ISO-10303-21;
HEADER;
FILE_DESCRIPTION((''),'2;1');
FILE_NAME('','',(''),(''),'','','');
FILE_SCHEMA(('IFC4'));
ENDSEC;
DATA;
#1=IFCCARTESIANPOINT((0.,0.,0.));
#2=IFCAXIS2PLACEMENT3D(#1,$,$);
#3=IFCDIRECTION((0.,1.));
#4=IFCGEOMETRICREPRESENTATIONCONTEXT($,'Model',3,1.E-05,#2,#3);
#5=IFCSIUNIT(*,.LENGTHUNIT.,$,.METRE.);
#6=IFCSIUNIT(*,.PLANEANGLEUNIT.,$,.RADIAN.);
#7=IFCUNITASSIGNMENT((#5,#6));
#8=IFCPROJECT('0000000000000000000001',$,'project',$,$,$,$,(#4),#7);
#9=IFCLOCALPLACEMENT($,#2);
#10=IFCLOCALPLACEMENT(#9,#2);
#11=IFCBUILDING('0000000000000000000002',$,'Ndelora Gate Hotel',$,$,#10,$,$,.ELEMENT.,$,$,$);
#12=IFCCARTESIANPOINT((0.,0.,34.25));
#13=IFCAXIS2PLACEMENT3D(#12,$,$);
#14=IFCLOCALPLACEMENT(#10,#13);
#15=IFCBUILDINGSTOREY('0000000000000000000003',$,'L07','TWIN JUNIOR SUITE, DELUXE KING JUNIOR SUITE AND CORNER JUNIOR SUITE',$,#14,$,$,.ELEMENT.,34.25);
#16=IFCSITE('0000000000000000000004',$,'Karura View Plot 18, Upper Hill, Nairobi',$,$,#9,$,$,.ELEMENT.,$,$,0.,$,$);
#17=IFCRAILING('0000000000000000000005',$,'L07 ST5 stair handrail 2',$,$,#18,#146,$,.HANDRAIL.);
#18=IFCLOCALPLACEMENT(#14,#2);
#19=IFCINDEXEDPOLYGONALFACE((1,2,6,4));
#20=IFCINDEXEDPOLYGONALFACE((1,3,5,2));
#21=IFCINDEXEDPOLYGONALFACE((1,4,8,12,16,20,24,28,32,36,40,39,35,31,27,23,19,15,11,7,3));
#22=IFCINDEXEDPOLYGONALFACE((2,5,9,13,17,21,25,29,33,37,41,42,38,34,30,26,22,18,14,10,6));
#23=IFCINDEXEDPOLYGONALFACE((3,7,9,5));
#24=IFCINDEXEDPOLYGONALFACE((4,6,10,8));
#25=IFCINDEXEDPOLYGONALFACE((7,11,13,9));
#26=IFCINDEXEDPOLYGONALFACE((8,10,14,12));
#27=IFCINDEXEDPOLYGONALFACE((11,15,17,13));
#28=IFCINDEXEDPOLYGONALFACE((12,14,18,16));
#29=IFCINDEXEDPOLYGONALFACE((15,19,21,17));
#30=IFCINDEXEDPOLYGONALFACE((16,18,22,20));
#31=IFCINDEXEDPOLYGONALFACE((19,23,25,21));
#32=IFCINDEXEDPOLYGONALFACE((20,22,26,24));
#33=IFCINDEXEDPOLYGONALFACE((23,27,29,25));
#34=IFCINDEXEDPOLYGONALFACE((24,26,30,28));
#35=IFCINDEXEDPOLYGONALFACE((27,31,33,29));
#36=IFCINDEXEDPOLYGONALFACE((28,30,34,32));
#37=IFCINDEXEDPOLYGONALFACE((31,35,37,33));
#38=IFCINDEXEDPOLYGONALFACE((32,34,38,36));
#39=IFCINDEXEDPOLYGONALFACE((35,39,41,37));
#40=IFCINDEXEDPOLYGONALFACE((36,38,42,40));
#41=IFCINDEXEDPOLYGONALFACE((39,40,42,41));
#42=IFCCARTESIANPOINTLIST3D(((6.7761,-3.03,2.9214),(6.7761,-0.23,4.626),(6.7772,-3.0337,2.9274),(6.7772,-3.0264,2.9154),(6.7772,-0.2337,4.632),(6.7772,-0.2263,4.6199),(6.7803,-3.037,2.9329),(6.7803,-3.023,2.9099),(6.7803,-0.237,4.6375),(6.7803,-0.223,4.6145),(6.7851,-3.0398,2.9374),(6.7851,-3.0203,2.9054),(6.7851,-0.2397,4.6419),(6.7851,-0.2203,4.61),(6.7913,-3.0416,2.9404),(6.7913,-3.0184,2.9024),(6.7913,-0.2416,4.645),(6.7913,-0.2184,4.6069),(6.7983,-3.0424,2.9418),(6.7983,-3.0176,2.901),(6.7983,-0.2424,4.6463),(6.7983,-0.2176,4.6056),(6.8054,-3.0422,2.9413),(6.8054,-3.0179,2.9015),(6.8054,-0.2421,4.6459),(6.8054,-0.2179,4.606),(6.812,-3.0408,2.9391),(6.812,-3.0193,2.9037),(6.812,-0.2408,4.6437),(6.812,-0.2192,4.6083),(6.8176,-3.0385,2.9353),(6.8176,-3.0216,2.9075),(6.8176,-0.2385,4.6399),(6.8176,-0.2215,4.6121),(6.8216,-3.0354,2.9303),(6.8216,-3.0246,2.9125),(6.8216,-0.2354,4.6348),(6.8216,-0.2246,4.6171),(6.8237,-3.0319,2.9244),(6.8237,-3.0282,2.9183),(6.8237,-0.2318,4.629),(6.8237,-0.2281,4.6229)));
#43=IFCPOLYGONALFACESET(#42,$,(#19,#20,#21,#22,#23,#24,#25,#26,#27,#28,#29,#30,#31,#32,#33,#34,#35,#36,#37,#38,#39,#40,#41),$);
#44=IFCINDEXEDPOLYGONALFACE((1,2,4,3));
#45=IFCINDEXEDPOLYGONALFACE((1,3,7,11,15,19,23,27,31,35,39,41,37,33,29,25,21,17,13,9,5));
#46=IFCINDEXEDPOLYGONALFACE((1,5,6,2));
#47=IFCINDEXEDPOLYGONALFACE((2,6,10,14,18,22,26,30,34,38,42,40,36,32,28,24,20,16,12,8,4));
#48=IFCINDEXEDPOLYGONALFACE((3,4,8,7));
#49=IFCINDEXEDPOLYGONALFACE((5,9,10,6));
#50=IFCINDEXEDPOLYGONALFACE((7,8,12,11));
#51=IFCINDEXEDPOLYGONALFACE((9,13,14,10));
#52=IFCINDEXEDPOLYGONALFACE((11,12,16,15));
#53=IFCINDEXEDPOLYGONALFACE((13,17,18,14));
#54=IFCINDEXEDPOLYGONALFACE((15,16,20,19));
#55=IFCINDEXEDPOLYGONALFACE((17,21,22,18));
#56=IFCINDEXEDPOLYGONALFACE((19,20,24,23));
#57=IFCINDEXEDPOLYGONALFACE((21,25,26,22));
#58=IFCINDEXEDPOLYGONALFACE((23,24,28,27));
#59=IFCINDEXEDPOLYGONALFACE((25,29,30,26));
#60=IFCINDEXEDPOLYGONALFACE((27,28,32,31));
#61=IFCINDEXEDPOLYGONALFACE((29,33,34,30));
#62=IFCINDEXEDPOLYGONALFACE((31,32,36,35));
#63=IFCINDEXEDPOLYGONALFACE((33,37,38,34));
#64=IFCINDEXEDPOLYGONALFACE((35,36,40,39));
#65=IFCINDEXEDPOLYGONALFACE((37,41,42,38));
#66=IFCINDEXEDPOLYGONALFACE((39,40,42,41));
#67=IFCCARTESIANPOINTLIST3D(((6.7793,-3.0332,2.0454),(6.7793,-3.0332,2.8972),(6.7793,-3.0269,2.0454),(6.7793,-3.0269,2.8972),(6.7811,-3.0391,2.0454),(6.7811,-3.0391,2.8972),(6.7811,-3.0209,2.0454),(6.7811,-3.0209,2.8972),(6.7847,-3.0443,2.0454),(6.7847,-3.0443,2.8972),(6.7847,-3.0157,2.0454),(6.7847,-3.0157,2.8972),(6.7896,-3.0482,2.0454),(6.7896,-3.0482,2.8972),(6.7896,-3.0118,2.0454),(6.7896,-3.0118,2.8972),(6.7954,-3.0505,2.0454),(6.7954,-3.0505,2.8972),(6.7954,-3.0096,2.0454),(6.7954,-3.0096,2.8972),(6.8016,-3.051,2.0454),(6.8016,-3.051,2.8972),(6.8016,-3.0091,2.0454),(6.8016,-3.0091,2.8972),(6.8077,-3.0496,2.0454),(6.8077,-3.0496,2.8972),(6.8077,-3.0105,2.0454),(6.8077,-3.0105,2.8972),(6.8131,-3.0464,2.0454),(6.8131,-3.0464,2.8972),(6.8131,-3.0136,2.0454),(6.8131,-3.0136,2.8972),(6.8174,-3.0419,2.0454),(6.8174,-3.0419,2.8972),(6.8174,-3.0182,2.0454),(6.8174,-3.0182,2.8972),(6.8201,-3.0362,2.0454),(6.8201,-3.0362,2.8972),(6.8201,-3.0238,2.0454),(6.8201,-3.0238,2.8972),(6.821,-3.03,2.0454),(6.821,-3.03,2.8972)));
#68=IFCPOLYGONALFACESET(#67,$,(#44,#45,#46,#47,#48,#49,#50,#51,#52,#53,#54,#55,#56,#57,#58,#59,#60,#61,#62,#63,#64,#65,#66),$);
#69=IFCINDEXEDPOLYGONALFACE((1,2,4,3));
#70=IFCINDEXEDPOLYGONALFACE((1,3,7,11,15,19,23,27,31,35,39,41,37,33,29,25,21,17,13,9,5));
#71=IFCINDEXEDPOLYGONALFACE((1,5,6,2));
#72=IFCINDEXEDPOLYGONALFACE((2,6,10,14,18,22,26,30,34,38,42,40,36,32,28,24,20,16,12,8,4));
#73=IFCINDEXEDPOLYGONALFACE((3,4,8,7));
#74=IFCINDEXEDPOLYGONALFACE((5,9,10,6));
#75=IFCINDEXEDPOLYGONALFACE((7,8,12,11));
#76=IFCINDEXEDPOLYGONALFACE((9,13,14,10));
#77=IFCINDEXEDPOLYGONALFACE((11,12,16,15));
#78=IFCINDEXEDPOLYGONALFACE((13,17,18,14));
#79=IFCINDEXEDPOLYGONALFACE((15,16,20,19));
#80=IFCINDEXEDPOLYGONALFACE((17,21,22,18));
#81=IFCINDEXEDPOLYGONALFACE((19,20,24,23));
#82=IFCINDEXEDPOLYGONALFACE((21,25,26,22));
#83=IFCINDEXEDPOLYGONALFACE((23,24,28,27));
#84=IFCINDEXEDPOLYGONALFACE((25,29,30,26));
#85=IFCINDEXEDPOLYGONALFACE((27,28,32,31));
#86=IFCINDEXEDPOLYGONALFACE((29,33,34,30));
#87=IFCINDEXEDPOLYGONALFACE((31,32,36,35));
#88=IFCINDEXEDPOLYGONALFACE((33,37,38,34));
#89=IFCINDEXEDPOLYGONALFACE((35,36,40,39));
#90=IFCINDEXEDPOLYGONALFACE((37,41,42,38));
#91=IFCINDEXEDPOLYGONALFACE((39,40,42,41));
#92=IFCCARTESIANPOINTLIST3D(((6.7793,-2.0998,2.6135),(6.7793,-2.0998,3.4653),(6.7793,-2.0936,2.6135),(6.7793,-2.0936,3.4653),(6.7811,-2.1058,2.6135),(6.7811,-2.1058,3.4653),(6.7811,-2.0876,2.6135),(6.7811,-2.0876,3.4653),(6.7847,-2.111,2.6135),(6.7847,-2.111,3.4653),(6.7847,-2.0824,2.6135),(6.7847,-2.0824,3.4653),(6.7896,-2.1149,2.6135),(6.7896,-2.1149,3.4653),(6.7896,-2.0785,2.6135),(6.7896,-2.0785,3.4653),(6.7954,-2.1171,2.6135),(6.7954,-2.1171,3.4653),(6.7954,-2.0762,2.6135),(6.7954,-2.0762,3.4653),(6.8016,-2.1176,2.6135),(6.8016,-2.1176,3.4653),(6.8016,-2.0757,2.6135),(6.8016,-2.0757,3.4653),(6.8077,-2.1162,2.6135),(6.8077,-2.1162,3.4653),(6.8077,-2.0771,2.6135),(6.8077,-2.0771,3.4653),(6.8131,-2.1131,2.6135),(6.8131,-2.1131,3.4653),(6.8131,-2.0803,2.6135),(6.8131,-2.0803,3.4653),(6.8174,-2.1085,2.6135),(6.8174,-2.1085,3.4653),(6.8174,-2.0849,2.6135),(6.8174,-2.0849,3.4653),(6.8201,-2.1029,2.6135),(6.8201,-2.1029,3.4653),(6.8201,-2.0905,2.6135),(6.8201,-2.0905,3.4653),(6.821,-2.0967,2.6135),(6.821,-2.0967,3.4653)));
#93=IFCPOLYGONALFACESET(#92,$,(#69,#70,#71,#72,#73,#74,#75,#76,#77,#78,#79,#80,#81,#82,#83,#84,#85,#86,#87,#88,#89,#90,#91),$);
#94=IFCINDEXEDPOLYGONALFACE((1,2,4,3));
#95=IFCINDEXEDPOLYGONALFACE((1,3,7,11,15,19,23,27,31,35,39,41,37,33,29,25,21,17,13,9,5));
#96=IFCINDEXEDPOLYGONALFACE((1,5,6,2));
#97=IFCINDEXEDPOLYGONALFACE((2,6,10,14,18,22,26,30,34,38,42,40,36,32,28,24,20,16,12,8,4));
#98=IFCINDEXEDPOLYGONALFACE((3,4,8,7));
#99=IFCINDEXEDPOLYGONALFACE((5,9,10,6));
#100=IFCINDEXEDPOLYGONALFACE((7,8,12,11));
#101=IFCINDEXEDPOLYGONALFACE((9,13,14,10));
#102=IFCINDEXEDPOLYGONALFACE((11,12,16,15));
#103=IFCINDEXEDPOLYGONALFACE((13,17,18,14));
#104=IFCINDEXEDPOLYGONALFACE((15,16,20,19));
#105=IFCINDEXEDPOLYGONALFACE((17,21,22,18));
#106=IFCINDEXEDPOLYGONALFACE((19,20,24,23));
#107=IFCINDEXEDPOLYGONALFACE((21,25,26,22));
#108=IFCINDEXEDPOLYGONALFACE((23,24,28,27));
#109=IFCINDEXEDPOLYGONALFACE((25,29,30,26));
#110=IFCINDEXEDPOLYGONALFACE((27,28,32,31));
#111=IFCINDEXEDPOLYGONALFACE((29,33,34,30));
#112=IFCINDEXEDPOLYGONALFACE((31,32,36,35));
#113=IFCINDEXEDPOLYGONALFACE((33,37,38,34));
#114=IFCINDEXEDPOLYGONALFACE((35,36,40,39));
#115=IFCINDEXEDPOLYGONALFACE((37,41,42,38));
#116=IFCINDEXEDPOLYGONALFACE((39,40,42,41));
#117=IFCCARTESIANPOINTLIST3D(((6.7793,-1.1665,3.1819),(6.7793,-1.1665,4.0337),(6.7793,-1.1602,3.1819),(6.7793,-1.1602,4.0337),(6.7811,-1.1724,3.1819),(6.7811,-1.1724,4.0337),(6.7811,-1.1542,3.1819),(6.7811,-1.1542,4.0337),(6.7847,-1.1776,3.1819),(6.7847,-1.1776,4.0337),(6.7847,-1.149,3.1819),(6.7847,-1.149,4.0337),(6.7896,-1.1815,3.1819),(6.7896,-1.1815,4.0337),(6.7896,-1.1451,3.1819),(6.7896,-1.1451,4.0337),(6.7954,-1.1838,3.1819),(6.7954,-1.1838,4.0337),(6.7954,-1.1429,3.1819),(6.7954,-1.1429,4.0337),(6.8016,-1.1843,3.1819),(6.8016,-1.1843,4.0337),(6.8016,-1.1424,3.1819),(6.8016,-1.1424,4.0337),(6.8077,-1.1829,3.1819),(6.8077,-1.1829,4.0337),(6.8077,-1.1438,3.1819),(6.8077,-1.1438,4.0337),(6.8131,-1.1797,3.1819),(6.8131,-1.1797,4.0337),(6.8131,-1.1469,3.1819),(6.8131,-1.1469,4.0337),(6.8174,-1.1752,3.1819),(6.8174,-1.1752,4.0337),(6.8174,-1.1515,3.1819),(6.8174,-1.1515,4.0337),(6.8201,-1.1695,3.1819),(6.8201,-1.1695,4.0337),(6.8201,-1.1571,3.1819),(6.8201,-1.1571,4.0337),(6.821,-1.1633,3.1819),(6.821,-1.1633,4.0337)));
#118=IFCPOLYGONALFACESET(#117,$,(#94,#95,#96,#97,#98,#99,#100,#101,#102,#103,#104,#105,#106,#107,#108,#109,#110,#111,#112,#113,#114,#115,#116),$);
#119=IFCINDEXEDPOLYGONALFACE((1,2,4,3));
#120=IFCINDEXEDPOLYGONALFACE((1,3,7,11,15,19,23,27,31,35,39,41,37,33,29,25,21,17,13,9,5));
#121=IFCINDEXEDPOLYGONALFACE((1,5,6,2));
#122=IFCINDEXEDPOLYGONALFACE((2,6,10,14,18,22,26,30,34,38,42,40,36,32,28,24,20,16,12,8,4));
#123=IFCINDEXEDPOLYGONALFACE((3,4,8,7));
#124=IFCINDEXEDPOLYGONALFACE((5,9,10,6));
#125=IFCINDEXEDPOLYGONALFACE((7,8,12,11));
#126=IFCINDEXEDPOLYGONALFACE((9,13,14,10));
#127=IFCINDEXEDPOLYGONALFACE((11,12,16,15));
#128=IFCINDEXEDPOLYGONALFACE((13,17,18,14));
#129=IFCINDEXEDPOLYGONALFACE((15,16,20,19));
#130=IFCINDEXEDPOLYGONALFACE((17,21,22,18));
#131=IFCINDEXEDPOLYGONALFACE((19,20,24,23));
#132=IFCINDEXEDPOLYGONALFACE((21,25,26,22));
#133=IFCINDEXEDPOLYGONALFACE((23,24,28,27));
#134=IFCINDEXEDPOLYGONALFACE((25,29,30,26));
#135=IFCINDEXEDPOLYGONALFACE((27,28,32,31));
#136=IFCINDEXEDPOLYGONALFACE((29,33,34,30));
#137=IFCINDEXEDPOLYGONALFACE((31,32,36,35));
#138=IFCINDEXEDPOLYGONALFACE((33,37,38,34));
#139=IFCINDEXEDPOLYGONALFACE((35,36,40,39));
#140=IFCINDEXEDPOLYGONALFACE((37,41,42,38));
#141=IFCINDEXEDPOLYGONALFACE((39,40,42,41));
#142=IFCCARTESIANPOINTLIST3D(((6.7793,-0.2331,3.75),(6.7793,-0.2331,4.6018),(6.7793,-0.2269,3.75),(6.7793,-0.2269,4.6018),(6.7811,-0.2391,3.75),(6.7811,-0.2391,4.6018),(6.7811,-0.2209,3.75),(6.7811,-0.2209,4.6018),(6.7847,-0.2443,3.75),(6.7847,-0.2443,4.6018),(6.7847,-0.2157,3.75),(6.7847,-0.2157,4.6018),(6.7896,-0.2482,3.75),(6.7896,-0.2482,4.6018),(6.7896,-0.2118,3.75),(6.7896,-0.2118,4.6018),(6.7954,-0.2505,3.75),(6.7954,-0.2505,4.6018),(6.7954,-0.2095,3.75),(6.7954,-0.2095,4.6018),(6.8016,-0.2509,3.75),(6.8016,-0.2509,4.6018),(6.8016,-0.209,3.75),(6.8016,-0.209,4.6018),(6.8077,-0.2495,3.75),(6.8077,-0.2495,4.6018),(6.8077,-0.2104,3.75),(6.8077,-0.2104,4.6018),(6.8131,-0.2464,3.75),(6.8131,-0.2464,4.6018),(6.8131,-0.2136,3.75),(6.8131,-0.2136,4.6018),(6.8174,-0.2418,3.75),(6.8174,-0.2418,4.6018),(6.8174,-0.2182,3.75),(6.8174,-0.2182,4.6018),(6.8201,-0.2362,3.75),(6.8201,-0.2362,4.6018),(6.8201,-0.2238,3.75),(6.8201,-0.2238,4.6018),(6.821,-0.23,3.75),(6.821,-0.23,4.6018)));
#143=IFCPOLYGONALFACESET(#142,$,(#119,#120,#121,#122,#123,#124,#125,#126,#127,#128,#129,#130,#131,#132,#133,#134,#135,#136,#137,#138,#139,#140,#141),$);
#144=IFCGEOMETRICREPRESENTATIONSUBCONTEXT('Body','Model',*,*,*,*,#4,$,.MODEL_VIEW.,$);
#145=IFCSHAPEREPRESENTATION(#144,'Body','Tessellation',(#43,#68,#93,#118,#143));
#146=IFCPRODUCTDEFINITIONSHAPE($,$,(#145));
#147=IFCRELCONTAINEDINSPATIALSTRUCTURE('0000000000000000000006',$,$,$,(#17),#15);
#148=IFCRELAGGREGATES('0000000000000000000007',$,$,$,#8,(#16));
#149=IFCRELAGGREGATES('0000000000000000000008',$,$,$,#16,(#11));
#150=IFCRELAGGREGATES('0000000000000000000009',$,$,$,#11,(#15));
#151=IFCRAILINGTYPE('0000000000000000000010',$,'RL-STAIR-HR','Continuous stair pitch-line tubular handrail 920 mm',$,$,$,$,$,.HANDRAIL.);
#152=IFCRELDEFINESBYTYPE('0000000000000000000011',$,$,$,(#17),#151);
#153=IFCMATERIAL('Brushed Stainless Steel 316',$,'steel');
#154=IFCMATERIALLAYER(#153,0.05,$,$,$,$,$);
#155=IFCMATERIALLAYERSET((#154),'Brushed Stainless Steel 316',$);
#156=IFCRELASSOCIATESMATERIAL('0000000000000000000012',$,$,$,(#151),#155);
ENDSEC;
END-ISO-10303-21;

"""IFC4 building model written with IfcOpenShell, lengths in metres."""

from ifc_helpers import new_model, si_unit, direction, frame, origin, origin_2d, place, context, subcontext, project, spatial, circle, extrude, material, layer, layer_set, type_object, element, save


model = new_model("IFC4")

# Units and contexts
model_context = context("Model", 3, precision=1e-05, world=origin(), true_north=direction((0.0, 1.0)))
body_context = subcontext(model_context, "Body", "Model", "MODEL_VIEW")
ifc_project = project(units=[si_unit("LENGTHUNIT", "METRE"), si_unit("PLANEANGLEUNIT", "RADIAN")], contexts=[model_context])

# Site, building, storey
site_placement = place(None, origin())
site = spatial("IfcSite", under=ifc_project, at=site_placement, Name="Karura View Plot 18, Upper Hill, Nairobi", CompositionType="ELEMENT", RefElevation=0.0)
building_placement = place(site_placement, origin())
building = spatial("IfcBuilding", under=site, at=building_placement, Name="Ndelora Gate Hotel", CompositionType="ELEMENT")
storey_placement = place(building_placement, frame((0.0, 0.0, 34.25)))
storey = spatial("IfcBuildingStorey", under=building, at=storey_placement, Name="L07", Description="TWIN JUNIOR SUITE, DELUXE KING JUNIOR SUITE AND CORNER JUNIOR SUITE", CompositionType="ELEMENT", Elevation=34.25)

# Railing
ifc_material_1 = material(Name="Brushed Stainless Steel 316", Category="steel")
ifc_layer_1 = layer(ifc_material_1, 0.05)
ifc_layer_set_1 = layer_set([ifc_layer_1], Name="Brushed Stainless Steel 316")
railing_type_1 = type_object("IfcRailingType", Name="RL-STAIR-HR", Description="Continuous stair pitch-line tubular handrail 920 mm", PredefinedType="HANDRAIL", material=ifc_layer_set_1)
railing_1_placement = place(storey_placement, frame((6.8, -3.03, 2.0454)))
element("IfcRailing", 1, at=railing_1_placement, inside=storey, type_object=railing_type_1, Name="L07 ST5 stair handrail 2", PredefinedType="HANDRAIL", context=body_context, shape_type="SweptSolid", body=[
    extrude(circle(Radius=0.0239, at=origin_2d()), frame((0.0, 0.0, 0.876), z_axis=(0.0, 0.85417, 0.519994), x_axis=(-1.0, 0.0, 0.0)), (0.0, 0.0, 1.0), 3.2781),
    extrude(circle(Radius=0.021, at=origin_2d()), origin(), (0.0, 0.0, 1.0), 0.8518),
    extrude(circle(Radius=0.021, at=origin_2d()), frame((0.0, 0.9333, 0.5681)), (0.0, 0.0, 1.0), 0.8518),
    extrude(circle(Radius=0.021, at=origin_2d()), frame((0.0, 1.8667, 1.1365)), (0.0, 0.0, 1.0), 0.8518),
    extrude(circle(Radius=0.021, at=origin_2d()), frame((0.0, 2.8, 1.7046)), (0.0, 0.0, 1.0), 0.8518),
])

save(model, "model.ifc")
